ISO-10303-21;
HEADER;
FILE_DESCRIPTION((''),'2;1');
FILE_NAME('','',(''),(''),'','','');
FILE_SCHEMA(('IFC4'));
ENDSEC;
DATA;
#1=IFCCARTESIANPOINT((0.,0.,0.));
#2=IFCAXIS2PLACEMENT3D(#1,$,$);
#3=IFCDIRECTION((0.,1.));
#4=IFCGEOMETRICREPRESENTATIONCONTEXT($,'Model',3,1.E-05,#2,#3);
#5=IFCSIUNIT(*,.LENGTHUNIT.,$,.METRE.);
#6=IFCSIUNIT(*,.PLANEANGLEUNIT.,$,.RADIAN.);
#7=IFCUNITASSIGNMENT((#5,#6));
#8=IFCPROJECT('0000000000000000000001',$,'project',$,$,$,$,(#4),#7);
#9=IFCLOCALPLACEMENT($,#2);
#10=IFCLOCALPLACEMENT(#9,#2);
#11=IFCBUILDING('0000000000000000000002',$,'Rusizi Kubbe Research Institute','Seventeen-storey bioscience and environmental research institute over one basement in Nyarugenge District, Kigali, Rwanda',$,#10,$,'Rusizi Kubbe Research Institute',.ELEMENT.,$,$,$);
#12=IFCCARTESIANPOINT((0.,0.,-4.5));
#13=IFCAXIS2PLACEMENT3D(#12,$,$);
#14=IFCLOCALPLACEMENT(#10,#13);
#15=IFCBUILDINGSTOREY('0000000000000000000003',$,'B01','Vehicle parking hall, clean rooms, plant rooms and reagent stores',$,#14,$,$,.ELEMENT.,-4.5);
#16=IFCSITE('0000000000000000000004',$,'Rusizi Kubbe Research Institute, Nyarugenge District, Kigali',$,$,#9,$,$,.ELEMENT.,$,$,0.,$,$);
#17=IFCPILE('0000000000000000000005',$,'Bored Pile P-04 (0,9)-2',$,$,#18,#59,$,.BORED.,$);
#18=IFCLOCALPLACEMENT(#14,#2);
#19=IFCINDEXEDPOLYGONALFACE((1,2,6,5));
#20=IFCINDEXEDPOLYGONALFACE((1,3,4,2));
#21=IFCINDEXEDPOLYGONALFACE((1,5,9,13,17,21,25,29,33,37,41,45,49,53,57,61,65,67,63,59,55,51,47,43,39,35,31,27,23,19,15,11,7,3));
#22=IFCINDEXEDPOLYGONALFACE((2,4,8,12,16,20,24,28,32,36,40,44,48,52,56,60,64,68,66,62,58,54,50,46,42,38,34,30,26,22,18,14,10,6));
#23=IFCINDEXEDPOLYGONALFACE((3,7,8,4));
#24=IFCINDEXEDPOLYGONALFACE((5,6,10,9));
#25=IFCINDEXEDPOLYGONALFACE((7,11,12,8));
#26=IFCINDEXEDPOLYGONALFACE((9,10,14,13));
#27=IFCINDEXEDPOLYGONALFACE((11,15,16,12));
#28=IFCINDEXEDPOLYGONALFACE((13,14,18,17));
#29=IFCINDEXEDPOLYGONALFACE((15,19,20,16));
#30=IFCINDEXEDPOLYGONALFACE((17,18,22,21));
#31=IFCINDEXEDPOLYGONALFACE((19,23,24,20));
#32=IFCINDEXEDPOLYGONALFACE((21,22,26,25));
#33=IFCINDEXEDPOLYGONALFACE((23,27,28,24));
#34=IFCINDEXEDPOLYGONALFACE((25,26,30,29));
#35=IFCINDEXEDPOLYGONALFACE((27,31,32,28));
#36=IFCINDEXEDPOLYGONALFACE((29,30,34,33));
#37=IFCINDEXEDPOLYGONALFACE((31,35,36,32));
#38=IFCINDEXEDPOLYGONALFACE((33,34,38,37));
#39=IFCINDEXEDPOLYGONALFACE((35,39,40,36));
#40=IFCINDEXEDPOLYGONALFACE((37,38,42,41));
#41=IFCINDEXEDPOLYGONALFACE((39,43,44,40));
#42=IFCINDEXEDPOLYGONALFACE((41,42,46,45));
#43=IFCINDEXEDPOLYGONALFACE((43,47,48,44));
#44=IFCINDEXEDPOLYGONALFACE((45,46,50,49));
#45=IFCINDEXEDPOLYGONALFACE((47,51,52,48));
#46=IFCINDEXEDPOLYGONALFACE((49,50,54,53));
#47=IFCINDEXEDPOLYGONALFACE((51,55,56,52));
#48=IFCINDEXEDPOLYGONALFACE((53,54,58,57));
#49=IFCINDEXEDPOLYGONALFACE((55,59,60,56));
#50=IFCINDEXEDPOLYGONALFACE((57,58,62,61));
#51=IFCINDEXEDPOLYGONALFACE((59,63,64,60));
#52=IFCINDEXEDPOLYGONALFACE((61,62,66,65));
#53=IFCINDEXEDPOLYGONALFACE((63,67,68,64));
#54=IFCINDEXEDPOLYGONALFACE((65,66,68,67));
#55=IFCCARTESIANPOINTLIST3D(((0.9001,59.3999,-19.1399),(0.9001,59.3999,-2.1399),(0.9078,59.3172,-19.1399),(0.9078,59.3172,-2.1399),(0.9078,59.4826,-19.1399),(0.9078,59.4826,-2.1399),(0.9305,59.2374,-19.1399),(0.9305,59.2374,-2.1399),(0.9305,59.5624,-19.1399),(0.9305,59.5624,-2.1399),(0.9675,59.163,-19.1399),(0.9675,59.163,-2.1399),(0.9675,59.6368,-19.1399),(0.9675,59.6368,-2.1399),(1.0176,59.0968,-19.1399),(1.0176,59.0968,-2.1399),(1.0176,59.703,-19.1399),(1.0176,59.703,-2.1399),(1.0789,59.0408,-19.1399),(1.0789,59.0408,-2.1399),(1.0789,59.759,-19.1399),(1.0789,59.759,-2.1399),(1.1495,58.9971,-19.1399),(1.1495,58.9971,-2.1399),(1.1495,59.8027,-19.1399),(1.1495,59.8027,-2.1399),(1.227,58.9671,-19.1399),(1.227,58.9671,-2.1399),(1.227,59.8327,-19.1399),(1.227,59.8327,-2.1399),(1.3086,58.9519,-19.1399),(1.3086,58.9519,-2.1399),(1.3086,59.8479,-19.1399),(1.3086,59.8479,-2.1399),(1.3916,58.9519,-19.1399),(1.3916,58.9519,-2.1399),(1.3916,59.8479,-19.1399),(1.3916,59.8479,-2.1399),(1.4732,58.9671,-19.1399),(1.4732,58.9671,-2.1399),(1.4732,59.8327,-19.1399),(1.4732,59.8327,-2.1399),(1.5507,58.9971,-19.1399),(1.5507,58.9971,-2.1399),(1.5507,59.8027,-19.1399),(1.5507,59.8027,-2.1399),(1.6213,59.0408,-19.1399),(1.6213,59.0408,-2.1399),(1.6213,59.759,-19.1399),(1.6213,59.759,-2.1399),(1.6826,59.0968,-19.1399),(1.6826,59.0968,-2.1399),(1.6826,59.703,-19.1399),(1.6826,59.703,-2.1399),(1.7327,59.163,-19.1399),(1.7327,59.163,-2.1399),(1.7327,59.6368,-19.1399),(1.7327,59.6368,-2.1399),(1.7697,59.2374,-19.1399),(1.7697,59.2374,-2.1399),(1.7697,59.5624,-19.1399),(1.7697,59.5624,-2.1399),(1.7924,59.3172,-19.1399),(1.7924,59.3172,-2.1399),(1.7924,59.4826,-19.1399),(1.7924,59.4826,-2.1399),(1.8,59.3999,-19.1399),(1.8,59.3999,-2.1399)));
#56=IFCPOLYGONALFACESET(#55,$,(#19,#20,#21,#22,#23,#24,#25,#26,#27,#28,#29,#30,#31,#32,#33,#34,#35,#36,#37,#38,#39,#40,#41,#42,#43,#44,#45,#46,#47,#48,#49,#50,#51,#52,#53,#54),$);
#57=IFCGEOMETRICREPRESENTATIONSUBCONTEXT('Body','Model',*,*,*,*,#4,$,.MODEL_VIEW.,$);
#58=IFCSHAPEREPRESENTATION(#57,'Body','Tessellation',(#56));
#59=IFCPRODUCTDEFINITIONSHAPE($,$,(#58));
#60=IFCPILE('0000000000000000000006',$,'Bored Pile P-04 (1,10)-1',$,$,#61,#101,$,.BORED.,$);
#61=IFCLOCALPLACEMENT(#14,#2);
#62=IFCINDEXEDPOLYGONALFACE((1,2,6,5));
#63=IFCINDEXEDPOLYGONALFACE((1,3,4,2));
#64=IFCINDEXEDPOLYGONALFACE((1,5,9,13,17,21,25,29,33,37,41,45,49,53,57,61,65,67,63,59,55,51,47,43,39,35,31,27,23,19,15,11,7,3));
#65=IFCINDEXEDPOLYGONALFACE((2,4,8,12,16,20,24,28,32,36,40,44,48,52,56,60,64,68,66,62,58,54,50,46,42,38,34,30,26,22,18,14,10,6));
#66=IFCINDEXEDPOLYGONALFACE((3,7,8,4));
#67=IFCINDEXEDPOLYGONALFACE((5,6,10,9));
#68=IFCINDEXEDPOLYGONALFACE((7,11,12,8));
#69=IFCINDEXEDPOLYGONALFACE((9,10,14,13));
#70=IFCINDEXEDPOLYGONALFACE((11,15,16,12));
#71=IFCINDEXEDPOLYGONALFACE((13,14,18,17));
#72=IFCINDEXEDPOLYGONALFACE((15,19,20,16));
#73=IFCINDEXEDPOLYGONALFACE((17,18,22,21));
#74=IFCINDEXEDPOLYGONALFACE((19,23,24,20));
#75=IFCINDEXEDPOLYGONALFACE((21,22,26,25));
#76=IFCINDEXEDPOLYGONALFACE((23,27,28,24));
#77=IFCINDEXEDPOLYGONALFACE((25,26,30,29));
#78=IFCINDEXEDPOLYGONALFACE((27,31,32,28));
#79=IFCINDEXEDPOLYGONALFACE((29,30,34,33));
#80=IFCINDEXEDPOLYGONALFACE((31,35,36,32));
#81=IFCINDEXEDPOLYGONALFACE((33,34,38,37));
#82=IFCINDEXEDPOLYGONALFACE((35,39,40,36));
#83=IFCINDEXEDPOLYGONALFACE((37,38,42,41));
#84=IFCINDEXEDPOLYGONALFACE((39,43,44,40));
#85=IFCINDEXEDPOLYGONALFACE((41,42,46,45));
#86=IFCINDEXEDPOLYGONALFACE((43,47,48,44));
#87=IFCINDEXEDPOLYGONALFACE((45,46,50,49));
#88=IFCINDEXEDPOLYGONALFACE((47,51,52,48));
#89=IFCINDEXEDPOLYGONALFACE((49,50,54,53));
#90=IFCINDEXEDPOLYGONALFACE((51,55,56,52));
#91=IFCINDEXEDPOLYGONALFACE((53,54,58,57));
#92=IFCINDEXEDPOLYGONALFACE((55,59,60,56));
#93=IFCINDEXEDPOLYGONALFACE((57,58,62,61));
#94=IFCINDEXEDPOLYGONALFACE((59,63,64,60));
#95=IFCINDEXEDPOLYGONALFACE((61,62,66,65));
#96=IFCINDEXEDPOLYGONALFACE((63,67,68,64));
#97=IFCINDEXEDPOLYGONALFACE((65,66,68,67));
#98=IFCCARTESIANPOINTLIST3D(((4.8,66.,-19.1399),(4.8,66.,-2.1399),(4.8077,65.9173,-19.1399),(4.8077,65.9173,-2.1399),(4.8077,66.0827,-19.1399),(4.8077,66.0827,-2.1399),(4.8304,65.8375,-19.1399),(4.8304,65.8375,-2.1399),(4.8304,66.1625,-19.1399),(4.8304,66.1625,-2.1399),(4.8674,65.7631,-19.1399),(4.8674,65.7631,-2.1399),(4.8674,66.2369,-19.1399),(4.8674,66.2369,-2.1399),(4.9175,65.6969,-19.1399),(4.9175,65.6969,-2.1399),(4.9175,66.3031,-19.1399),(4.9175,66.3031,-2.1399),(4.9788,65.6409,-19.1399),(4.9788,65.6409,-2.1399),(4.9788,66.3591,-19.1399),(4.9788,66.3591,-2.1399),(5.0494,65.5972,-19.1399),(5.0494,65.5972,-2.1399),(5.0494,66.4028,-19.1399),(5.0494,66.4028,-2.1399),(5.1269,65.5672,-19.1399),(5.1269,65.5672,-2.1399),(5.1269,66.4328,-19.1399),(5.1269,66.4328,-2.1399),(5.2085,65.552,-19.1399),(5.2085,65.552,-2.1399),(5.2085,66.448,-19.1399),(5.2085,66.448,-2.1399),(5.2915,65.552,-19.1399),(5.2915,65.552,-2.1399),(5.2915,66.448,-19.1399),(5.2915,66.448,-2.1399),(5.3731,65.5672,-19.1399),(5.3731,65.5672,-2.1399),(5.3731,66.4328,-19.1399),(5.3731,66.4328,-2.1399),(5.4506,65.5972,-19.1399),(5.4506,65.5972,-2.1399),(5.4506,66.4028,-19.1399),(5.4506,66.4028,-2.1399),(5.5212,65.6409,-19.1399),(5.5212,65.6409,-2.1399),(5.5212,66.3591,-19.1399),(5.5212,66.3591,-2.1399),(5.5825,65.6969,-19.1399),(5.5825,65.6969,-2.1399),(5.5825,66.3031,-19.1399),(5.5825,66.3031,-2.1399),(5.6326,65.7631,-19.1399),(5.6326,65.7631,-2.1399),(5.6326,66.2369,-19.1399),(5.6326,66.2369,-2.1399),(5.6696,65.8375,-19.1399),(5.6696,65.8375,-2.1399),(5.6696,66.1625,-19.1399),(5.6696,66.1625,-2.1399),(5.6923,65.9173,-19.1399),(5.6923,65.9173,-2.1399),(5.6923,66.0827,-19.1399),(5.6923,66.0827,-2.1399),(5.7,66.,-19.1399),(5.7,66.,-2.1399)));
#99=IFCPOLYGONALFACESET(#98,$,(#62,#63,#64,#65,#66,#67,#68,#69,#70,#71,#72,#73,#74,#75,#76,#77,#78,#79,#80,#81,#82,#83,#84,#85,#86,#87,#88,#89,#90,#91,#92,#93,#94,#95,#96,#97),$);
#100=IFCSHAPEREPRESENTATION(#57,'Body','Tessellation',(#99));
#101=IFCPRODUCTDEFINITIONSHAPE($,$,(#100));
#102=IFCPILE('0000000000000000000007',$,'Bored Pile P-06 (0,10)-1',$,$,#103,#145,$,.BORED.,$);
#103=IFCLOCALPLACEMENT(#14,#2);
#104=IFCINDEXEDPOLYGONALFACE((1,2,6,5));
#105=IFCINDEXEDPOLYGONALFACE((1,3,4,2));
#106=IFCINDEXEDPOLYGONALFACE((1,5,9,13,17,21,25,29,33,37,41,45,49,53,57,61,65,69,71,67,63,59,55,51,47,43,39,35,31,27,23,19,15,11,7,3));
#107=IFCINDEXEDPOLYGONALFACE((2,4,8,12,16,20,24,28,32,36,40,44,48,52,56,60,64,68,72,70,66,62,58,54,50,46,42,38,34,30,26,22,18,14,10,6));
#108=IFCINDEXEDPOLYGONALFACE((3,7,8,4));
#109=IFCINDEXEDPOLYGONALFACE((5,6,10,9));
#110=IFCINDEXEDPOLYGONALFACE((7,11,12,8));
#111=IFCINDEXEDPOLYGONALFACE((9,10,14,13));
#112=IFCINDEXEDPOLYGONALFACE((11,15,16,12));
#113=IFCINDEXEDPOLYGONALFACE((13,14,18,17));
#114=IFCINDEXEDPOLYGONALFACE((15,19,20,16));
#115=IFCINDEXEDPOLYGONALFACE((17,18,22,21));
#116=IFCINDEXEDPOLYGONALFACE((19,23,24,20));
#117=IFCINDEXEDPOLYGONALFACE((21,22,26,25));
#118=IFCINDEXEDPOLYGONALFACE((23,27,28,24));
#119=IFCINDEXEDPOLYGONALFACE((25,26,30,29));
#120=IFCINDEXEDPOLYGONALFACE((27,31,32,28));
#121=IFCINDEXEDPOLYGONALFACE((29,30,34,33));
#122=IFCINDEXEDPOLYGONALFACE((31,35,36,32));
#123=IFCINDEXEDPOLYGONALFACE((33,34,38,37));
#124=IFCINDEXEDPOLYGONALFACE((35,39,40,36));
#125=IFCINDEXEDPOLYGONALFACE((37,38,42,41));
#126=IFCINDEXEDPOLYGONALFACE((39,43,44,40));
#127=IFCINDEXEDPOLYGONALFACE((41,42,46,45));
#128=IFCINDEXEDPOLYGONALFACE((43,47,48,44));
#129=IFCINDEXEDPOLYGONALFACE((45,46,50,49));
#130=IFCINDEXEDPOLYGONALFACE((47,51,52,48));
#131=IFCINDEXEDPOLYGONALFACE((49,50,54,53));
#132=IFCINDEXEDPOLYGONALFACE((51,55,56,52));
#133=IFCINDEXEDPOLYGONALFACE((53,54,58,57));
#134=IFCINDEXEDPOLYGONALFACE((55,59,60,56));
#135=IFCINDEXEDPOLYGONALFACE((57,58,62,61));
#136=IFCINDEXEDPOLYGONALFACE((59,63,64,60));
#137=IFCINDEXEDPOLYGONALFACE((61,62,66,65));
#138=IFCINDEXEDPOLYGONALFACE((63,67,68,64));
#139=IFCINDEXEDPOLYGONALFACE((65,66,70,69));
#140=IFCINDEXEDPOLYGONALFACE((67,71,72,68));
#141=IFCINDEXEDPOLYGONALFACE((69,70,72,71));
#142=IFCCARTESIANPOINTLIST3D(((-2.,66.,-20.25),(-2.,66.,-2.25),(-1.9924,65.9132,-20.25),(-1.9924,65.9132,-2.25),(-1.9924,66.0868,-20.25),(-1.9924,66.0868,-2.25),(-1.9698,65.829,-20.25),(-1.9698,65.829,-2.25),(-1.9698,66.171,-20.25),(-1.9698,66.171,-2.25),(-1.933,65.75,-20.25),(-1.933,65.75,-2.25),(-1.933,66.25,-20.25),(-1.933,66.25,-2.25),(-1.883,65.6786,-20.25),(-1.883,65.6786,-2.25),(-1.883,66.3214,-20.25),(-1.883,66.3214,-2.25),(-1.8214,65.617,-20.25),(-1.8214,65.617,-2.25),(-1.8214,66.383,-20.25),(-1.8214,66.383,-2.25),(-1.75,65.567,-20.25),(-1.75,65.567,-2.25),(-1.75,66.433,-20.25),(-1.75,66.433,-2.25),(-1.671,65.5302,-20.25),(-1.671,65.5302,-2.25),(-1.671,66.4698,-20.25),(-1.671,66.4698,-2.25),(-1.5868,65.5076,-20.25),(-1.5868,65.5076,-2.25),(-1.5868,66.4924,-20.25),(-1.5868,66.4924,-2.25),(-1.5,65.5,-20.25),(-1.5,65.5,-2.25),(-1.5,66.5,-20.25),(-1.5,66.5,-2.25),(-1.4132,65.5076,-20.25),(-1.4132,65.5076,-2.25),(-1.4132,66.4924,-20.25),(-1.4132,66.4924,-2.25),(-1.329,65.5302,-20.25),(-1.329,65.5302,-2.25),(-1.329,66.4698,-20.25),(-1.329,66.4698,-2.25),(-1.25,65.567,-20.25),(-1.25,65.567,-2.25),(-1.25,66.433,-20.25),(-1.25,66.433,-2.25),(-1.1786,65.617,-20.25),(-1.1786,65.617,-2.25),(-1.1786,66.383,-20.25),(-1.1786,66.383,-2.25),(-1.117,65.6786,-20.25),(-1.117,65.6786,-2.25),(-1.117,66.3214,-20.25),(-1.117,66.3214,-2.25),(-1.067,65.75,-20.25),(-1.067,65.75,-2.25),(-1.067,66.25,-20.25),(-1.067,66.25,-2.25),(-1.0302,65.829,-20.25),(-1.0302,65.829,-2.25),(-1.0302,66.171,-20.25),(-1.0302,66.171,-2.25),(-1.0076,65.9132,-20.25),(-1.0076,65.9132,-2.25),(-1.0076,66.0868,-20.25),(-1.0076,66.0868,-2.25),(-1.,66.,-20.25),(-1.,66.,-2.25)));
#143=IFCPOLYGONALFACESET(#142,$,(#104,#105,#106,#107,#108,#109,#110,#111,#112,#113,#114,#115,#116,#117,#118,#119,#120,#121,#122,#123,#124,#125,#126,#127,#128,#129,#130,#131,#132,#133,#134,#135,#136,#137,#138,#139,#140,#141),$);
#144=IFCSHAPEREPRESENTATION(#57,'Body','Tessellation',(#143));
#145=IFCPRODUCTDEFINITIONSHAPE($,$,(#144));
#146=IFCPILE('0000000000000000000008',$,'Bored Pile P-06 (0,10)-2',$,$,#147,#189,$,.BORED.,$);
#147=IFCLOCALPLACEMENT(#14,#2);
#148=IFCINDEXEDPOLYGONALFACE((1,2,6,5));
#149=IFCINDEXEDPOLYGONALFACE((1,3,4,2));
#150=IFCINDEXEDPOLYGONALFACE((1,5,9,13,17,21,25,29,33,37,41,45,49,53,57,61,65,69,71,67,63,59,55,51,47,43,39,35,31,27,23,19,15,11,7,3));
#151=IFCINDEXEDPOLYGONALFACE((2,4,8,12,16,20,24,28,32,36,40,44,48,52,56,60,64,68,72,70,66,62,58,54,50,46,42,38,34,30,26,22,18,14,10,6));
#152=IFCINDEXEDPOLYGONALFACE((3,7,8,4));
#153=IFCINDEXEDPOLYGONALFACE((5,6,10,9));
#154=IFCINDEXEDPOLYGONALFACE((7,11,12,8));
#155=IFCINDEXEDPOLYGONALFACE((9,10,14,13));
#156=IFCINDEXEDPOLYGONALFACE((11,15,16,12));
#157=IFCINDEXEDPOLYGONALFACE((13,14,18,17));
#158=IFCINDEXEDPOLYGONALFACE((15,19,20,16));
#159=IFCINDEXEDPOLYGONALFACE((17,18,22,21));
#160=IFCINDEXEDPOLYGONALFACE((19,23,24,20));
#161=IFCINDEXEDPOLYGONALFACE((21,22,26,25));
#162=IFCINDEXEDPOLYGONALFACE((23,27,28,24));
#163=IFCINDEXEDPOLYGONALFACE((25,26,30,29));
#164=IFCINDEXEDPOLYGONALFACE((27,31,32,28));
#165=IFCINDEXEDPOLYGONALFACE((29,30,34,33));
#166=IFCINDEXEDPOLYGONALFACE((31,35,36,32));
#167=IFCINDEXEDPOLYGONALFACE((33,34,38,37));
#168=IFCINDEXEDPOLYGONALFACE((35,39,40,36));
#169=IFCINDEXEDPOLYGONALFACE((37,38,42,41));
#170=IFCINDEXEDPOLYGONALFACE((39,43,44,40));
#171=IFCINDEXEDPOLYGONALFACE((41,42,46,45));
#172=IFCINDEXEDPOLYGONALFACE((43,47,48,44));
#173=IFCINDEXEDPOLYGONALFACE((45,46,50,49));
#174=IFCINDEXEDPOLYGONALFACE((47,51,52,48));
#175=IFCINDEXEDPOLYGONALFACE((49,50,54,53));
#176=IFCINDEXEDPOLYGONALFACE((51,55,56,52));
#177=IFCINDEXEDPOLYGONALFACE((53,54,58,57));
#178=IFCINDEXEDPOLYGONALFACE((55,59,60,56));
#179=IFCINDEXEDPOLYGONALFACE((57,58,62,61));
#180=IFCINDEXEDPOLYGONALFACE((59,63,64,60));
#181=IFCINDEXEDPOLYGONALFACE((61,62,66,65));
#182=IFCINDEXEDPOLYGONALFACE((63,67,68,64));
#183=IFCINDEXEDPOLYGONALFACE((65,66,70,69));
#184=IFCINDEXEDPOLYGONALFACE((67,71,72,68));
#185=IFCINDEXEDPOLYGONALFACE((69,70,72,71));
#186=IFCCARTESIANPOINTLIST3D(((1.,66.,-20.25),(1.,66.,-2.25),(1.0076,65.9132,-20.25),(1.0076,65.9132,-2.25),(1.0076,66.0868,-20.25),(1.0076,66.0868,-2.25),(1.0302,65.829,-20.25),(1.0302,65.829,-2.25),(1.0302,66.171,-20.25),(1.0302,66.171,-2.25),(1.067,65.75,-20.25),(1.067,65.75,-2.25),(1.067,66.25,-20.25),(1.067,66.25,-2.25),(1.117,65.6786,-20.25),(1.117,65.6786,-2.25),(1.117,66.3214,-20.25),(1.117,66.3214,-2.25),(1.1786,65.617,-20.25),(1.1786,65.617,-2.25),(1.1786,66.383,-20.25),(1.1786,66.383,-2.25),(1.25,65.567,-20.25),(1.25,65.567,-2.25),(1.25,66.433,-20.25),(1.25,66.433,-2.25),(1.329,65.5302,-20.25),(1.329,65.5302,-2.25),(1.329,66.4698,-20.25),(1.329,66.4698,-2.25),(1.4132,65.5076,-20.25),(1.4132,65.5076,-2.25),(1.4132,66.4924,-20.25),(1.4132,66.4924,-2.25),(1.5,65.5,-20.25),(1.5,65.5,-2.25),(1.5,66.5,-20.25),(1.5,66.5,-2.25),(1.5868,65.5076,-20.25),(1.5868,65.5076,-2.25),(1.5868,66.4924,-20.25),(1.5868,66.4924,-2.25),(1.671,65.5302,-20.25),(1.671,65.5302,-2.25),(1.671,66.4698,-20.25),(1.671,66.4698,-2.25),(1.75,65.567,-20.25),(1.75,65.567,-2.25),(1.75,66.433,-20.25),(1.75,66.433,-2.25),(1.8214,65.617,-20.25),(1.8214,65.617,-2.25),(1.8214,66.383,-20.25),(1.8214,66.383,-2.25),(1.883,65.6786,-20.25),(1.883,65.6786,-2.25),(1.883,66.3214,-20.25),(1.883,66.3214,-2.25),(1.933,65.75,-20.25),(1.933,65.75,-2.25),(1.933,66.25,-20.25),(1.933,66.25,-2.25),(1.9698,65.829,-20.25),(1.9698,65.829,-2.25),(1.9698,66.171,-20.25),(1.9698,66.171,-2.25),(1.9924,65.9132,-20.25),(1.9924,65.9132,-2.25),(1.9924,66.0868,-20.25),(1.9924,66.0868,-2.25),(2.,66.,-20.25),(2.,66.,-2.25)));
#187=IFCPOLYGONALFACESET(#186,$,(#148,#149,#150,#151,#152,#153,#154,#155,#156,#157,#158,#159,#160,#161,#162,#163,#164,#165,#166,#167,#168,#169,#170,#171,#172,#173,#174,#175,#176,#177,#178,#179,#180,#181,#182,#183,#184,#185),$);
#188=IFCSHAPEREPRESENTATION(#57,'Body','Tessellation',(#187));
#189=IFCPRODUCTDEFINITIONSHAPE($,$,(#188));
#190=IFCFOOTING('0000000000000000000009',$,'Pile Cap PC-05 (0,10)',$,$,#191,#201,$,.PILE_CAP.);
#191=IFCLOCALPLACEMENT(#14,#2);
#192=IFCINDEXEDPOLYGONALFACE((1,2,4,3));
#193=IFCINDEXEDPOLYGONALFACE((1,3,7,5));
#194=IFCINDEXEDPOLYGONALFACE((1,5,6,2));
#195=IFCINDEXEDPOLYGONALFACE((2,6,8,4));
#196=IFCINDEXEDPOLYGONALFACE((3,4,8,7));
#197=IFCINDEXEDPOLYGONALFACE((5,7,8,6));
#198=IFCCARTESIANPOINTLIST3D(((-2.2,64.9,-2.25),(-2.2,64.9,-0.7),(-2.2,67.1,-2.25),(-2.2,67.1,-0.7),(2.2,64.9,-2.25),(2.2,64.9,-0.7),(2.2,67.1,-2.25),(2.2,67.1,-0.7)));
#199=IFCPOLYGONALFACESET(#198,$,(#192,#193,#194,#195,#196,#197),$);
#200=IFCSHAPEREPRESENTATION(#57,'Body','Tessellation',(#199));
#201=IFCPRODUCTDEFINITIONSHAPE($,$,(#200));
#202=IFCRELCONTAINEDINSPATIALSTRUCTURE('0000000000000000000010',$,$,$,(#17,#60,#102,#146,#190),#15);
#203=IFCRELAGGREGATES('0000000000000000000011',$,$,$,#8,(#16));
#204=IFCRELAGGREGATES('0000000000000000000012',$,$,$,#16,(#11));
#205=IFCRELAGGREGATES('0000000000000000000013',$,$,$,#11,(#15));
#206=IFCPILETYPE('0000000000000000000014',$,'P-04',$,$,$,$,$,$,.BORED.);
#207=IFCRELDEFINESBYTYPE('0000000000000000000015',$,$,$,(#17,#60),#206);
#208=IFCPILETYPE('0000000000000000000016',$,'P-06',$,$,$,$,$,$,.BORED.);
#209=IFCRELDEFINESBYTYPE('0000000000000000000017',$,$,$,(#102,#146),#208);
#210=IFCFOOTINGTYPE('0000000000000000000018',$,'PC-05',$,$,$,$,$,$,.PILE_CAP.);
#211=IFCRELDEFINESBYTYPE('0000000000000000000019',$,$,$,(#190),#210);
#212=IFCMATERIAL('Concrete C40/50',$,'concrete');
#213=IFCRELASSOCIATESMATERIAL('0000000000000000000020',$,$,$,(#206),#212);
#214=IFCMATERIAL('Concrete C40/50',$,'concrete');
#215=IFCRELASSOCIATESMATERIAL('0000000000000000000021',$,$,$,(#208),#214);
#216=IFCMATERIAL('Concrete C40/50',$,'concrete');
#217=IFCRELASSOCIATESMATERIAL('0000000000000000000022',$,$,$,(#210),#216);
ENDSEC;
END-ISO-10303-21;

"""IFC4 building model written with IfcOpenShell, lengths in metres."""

from ifc_helpers import new_model, si_unit, direction, frame, origin, origin_2d, place, context, subcontext, project, spatial, rectangle, circle, extrude, material, material_profile, profile_set, type_object, element, save


model = new_model("IFC4")

# Units and contexts
model_context = context("Model", 3, precision=1e-05, world=origin(), true_north=direction((0.0, 1.0)))
body_context = subcontext(model_context, "Body", "Model", "MODEL_VIEW")
ifc_project = project(units=[si_unit("LENGTHUNIT", "METRE"), si_unit("PLANEANGLEUNIT", "RADIAN")], contexts=[model_context])

# Site, building, storey
site_placement = place(None, origin())
site = spatial("IfcSite", under=ifc_project, at=site_placement, Name="Rusizi Kubbe Research Institute, Nyarugenge District, Kigali", CompositionType="ELEMENT", RefElevation=0.0)
building_placement = place(site_placement, origin())
building = spatial("IfcBuilding", under=site, at=building_placement, Name="Rusizi Kubbe Research Institute", Description="Seventeen-storey bioscience and environmental research institute over one basement in Nyarugenge District, Kigali, Rwanda", LongName="Rusizi Kubbe Research Institute", CompositionType="ELEMENT")
storey_placement = place(building_placement, frame((0.0, 0.0, -4.5)))
storey = spatial("IfcBuildingStorey", under=building, at=storey_placement, Name="B01", Description="Vehicle parking hall, clean rooms, plant rooms and reagent stores", CompositionType="ELEMENT", Elevation=-4.5)

# Piles
ifc_material_1 = material(Name="Concrete C40/50", Category="concrete")
ifc_material_profile_1 = material_profile(ifc_material_1, circle(Radius=0.45, at=origin_2d()), Name="PILE-D900")
ifc_profile_set_1 = profile_set([ifc_material_profile_1], Name="Concrete C40/50")
pile_type_1 = type_object("IfcPileType", Name="P-04", PredefinedType="BORED", material=ifc_profile_set_1)
for number, where, z_axis, x_axis, name in (
    (1, (1.3501, 59.3999, -2.1399), (0.0, 0.0, -1.0), (1.0, 0.0, 0.0), "Bored Pile P-04 (0,9)-2"),
    (2, (5.25, 66.0, -2.1399), (0.0, 0.0, -1.0), (1.0, 0.0, 0.0), "Bored Pile P-04 (1,10)-1"),
):
    element("IfcPile", number, at=place(storey_placement, frame(where, z_axis=z_axis, x_axis=x_axis)), inside=storey, type_object=pile_type_1, Name=name, PredefinedType="BORED", context=body_context, shape_type="SweptSolid", body=[
        extrude(circle(Radius=0.45, at=origin_2d()), origin(), (0.0, 0.0, 1.0), 17.0),
    ])
ifc_material_2 = material(Name="Concrete C40/50", Category="concrete")
ifc_material_profile_2 = material_profile(ifc_material_2, circle(Radius=0.5, at=origin_2d()), Name="PILE-D1000")
ifc_profile_set_2 = profile_set([ifc_material_profile_2], Name="Concrete C40/50")
pile_type_2 = type_object("IfcPileType", Name="P-06", PredefinedType="BORED", material=ifc_profile_set_2)
for number, where, z_axis, x_axis, name in (
    (3, (-1.5, 66.0, -2.25), (0.0, 0.0, -1.0), (1.0, 0.0, 0.0), "Bored Pile P-06 (0,10)-1"),
    (4, (1.5, 66.0, -2.25), (0.0, 0.0, -1.0), (1.0, 0.0, 0.0), "Bored Pile P-06 (0,10)-2"),
):
    element("IfcPile", number, at=place(storey_placement, frame(where, z_axis=z_axis, x_axis=x_axis)), inside=storey, type_object=pile_type_2, Name=name, PredefinedType="BORED", context=body_context, shape_type="SweptSolid", body=[
        extrude(circle(Radius=0.5, at=origin_2d()), origin(), (0.0, 0.0, 1.0), 18.0),
    ])

# Footing
ifc_material_3 = material(Name="Concrete C40/50", Category="concrete")
footing_type_1 = type_object("IfcFootingType", Name="PC-05", PredefinedType="PILE_CAP", material=ifc_material_3)
footing_1_placement = place(storey_placement, frame((0.0, 66.0, -2.25), z_axis=(0.0, 0.0, 1.0), x_axis=(1.0, 0.0, 0.0)))
element("IfcFooting", 5, at=footing_1_placement, inside=storey, type_object=footing_type_1, Name="Pile Cap PC-05 (0,10)", PredefinedType="PILE_CAP", context=body_context, shape_type="SweptSolid", body=[
    extrude(rectangle(XDim=4.3999, YDim=2.2, at=origin_2d()), origin(), (0.0, 0.0, 1.0), 1.55),
])

save(model, "model.ifc")
